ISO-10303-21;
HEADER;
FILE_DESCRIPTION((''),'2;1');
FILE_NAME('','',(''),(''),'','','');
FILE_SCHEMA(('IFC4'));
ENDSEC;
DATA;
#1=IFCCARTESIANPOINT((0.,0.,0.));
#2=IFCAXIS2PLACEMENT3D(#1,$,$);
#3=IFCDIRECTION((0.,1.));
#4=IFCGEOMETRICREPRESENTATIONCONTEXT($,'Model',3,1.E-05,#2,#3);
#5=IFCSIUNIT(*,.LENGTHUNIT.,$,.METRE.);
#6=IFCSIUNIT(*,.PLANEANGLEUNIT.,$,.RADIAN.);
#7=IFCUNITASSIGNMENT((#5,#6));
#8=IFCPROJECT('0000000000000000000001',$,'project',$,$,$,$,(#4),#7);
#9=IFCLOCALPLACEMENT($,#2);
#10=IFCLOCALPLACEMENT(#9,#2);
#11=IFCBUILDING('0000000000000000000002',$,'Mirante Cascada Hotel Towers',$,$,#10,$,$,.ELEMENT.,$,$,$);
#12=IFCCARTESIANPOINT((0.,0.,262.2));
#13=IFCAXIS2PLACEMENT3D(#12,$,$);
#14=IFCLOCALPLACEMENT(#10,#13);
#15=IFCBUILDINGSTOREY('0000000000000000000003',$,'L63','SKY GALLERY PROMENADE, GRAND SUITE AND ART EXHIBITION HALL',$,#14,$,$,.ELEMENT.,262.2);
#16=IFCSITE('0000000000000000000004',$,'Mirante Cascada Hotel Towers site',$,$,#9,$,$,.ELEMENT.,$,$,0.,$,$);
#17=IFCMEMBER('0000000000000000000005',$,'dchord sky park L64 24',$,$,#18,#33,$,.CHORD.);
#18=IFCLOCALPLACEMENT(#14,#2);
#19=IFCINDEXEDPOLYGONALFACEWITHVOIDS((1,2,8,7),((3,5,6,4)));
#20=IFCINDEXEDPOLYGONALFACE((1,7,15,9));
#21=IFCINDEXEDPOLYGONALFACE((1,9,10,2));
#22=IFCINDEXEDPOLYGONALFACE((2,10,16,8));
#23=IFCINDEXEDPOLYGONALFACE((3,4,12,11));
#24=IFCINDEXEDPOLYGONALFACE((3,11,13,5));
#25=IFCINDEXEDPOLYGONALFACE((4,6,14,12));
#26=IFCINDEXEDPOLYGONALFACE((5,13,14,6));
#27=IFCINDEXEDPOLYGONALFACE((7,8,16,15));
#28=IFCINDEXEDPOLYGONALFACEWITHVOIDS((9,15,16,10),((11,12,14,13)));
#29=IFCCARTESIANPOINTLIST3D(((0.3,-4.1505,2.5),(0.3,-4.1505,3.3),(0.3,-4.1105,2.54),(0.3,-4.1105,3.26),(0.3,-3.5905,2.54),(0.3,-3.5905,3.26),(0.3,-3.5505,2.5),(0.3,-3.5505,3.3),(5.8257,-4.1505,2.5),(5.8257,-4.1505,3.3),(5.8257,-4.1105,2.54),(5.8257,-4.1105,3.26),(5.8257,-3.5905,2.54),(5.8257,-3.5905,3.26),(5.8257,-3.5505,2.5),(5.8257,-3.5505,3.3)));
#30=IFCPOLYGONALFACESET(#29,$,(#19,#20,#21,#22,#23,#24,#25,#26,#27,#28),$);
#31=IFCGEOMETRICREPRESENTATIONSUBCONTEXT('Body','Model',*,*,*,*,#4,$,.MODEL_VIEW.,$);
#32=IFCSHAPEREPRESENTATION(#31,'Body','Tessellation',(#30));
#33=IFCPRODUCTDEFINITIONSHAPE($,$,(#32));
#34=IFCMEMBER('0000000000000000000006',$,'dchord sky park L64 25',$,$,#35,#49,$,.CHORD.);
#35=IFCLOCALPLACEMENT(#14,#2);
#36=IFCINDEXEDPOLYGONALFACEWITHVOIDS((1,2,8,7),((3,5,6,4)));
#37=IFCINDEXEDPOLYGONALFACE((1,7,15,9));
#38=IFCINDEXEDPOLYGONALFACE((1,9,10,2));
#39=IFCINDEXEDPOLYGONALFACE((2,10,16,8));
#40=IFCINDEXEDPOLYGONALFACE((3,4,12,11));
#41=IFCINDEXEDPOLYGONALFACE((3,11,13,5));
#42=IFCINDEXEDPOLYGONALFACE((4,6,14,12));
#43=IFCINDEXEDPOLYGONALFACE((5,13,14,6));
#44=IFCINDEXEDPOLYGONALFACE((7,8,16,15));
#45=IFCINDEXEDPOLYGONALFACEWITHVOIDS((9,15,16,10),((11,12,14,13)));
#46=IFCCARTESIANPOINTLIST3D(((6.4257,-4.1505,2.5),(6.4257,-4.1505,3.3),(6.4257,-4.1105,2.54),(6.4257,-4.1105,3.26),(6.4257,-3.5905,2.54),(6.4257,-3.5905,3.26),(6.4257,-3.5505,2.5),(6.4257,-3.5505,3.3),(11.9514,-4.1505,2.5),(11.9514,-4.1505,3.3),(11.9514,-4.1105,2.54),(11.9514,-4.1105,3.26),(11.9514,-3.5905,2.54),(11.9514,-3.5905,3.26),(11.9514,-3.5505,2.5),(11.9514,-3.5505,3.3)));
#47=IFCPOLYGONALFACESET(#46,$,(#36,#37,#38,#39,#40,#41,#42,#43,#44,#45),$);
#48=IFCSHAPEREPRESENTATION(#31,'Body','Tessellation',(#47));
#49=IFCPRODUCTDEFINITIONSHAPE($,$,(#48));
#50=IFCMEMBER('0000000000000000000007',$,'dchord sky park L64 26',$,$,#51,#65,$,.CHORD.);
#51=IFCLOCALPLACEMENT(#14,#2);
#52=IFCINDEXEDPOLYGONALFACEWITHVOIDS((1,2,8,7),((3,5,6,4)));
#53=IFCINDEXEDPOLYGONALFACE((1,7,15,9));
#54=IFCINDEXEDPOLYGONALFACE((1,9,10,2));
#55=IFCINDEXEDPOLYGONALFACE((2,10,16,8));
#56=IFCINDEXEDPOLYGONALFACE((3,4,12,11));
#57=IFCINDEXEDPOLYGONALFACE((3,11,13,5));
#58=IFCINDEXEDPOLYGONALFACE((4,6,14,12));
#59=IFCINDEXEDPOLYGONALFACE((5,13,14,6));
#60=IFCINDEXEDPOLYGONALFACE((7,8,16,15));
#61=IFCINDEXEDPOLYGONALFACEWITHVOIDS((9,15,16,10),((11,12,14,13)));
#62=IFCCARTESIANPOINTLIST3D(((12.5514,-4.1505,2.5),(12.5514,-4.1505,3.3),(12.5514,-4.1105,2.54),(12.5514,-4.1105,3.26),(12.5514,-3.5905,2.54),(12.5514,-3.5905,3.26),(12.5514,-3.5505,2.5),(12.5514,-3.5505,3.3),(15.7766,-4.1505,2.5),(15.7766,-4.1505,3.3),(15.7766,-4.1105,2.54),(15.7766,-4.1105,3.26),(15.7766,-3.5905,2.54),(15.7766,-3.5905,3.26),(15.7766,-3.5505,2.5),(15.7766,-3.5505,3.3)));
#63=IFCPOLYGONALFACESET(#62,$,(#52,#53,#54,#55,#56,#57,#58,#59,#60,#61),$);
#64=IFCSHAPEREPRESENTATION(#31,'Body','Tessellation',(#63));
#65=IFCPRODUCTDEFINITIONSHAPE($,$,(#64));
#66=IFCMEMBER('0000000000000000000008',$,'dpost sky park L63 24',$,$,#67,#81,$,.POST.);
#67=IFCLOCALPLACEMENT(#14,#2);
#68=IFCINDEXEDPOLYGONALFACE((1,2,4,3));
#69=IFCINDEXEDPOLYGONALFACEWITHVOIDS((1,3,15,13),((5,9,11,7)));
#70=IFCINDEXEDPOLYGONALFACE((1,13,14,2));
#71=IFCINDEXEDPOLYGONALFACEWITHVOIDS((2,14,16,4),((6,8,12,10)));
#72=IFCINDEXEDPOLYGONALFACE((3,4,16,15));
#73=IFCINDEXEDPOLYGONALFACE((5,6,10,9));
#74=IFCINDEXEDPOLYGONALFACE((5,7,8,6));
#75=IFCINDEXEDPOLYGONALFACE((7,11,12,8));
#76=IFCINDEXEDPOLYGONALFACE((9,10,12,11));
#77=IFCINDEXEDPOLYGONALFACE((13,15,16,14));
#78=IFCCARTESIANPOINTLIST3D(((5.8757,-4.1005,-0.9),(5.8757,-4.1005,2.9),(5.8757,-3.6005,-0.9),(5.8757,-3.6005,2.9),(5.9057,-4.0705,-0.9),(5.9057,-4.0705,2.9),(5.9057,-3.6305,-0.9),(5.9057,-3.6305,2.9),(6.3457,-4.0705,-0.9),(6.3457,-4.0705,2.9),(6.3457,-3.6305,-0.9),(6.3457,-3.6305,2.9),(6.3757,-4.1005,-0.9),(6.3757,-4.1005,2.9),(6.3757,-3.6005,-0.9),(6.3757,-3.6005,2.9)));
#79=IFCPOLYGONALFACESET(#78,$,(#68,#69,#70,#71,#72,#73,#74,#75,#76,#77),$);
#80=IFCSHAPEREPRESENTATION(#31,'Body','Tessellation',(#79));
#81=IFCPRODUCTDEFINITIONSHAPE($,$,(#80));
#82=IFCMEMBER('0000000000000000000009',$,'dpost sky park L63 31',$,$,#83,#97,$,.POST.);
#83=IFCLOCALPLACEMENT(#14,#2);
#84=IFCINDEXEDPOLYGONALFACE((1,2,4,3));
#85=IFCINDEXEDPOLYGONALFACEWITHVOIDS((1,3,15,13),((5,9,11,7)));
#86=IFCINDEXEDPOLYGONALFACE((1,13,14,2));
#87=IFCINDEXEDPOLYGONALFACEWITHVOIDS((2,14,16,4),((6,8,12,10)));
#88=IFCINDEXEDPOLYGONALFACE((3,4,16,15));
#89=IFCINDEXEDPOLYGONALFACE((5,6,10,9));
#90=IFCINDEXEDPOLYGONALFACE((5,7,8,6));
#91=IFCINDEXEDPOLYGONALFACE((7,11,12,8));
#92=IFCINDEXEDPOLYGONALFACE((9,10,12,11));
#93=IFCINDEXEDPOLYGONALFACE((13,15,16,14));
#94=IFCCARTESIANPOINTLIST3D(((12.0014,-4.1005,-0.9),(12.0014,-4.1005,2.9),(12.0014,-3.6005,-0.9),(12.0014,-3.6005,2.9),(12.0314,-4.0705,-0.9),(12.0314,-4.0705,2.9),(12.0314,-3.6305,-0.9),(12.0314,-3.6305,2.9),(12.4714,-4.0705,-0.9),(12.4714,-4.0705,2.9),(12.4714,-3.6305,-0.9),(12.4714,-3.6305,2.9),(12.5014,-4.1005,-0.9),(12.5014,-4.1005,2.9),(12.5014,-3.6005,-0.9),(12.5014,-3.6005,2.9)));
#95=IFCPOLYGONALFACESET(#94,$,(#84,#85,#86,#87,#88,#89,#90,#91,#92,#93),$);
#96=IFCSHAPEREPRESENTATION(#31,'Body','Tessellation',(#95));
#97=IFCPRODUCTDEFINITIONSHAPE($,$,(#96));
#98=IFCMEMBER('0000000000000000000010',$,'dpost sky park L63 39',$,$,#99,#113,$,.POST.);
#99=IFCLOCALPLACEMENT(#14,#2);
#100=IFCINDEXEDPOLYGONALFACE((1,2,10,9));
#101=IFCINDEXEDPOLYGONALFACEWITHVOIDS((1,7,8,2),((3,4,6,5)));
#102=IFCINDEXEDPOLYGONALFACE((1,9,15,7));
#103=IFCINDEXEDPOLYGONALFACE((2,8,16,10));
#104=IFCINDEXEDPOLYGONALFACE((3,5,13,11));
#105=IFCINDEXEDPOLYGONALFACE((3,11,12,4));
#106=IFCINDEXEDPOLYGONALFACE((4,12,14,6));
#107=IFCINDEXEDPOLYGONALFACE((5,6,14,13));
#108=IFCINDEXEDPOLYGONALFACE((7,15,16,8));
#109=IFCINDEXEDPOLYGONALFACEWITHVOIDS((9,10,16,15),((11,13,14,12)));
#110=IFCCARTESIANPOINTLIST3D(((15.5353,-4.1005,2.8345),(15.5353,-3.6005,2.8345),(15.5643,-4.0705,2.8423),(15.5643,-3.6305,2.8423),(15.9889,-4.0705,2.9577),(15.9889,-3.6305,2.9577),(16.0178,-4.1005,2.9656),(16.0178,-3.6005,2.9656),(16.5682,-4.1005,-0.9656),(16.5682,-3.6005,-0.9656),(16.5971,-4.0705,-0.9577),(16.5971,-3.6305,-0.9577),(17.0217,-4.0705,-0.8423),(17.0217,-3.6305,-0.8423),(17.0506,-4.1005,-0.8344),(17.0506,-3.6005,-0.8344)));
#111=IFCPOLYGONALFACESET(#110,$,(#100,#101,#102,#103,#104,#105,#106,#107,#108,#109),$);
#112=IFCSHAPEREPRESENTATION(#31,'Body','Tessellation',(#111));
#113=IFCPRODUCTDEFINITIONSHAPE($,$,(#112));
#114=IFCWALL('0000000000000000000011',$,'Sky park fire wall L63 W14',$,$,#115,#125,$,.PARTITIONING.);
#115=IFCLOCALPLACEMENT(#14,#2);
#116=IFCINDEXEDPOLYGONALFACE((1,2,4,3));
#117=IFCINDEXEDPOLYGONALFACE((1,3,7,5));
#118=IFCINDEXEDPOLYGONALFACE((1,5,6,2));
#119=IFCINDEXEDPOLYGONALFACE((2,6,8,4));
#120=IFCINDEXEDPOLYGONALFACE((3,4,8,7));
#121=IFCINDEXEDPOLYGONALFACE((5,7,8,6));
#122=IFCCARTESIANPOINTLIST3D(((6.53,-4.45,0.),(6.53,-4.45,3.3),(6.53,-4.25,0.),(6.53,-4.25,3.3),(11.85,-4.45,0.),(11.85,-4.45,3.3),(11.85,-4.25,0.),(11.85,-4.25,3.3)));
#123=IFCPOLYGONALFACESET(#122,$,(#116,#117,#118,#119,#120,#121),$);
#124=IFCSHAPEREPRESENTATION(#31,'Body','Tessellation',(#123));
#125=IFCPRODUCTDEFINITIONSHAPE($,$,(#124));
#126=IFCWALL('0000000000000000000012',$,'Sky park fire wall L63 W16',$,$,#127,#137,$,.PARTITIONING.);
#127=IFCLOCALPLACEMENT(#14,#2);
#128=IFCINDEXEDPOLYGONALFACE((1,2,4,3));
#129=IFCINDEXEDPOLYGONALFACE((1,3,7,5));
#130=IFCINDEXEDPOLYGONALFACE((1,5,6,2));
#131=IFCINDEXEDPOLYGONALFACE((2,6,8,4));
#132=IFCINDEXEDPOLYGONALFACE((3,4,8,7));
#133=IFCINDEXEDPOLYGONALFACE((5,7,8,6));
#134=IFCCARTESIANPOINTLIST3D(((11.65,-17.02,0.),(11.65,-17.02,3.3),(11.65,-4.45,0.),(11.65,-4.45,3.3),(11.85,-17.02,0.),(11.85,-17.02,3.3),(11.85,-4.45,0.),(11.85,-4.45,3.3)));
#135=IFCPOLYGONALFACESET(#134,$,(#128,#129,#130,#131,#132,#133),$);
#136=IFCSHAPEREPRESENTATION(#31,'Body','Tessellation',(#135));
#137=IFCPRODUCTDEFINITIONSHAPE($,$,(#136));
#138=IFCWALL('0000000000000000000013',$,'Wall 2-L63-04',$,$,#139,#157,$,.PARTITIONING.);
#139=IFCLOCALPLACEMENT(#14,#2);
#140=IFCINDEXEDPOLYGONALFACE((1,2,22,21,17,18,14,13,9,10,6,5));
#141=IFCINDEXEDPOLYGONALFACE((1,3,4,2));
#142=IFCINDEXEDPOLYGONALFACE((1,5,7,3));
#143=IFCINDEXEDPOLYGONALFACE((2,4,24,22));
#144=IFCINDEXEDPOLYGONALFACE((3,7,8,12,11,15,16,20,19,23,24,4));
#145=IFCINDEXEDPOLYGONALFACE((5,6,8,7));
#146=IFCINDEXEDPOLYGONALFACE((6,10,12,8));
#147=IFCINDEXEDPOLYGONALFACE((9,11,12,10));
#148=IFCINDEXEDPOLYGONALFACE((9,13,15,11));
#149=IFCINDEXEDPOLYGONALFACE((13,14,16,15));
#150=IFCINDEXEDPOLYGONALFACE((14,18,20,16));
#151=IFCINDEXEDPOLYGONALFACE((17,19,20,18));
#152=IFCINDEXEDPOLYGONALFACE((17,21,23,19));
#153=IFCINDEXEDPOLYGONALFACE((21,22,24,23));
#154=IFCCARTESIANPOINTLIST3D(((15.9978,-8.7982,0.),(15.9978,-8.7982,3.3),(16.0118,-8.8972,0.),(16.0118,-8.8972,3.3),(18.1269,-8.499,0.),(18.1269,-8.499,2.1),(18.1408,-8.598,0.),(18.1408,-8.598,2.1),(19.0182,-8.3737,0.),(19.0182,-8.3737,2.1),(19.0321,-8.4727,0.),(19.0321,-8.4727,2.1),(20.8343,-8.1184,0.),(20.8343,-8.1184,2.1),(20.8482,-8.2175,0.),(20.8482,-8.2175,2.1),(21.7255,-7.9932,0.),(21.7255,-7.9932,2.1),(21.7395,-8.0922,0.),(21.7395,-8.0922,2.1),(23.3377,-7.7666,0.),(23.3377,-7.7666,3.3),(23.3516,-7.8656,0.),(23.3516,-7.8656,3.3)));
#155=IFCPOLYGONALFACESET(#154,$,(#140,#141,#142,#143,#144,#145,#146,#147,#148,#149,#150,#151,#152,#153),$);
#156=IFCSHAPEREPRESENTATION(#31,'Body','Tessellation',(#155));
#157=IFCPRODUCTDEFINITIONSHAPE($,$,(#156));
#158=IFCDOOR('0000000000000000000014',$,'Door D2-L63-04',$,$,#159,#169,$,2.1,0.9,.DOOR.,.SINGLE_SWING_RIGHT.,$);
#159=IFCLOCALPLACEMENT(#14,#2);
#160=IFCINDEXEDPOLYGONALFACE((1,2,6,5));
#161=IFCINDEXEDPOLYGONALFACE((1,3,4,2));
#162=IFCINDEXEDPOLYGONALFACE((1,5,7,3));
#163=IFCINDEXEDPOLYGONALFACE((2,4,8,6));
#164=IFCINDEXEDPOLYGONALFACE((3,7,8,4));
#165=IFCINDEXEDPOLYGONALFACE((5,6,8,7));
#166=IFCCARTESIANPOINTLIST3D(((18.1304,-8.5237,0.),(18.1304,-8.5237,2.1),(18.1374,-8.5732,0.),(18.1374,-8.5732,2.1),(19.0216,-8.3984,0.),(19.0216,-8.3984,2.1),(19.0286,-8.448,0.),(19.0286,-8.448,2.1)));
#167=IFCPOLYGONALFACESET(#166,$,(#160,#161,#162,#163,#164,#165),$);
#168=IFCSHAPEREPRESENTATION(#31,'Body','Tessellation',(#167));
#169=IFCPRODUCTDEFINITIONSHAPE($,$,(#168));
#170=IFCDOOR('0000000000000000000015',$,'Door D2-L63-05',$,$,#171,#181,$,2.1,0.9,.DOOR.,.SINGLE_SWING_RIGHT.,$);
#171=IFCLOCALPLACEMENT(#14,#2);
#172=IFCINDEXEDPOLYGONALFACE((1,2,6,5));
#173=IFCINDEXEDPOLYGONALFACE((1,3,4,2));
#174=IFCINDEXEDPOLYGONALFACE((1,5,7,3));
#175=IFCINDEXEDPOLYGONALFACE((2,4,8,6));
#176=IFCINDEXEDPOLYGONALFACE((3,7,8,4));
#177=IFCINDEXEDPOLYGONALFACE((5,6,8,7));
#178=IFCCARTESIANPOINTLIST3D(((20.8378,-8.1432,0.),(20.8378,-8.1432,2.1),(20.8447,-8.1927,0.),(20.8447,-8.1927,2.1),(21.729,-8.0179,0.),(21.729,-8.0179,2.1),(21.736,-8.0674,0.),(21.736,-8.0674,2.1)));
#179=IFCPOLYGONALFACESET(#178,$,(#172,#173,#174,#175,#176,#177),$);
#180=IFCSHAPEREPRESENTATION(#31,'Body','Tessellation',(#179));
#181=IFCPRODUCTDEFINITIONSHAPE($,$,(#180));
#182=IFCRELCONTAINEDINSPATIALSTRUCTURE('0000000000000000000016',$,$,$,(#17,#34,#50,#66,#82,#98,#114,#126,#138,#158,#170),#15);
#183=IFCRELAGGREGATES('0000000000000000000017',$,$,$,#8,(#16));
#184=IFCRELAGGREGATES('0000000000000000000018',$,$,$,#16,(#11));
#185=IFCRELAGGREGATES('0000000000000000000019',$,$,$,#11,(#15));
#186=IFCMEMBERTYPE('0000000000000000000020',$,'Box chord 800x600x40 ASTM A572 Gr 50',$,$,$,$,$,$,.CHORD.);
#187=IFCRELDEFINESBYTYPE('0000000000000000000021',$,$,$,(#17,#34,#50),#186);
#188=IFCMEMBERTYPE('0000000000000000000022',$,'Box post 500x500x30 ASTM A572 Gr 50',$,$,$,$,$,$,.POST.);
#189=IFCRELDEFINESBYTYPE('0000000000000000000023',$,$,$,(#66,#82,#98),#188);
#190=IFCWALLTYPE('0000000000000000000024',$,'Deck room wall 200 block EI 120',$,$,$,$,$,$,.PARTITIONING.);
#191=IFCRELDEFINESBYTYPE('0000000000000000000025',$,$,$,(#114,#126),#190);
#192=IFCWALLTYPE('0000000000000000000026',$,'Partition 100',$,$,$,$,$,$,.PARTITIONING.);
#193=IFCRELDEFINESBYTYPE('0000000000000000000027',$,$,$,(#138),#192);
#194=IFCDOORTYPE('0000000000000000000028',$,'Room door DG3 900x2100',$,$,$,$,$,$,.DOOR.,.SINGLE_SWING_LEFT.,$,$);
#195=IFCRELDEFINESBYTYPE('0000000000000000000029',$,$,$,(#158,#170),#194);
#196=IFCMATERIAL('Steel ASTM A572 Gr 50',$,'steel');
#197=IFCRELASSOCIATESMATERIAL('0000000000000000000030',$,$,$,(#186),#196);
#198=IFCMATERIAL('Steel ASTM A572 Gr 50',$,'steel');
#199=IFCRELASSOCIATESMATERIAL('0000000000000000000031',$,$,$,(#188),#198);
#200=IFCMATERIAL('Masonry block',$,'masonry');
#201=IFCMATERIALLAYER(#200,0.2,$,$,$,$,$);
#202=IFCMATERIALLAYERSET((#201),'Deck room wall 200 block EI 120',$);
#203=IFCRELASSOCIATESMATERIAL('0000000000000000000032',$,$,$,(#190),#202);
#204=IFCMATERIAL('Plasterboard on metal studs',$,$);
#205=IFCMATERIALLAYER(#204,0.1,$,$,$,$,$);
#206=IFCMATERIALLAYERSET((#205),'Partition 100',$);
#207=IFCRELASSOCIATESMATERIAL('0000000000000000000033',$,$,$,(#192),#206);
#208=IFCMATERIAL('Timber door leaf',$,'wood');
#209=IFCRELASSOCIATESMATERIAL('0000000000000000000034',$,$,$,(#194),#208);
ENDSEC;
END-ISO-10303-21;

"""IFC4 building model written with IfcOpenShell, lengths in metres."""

from ifc_helpers import new_model, si_unit, direction, frame, frame_2d, origin, origin_2d, place, context, subcontext, project, spatial, rectangle, hollow_rectangle, extrude, material, layer, layer_set, material_profile, profile_set, type_object, element, fill, save


model = new_model("IFC4")

# Units and contexts
model_context = context("Model", 3, precision=1e-05, world=origin(), true_north=direction((0.0, 1.0)))
body_context = subcontext(model_context, "Body", "Model", "MODEL_VIEW")
ifc_project = project(units=[si_unit("LENGTHUNIT", "METRE"), si_unit("PLANEANGLEUNIT", "RADIAN")], contexts=[model_context])

# Site, building, storey
site_placement = place(None, origin())
site = spatial("IfcSite", under=ifc_project, at=site_placement, Name="Mirante Cascada Hotel Towers site", CompositionType="ELEMENT", RefElevation=0.0)
building_placement = place(site_placement, origin())
building = spatial("IfcBuilding", under=site, at=building_placement, Name="Mirante Cascada Hotel Towers", CompositionType="ELEMENT")
storey_placement = place(building_placement, frame((0.0, 0.0, 262.2)))
storey = spatial("IfcBuildingStorey", under=building, at=storey_placement, Name="L63", Description="SKY GALLERY PROMENADE, GRAND SUITE AND ART EXHIBITION HALL", CompositionType="ELEMENT", Elevation=262.2)

# Members
ifc_material_1 = material(Name="Steel ASTM A572 Gr 50", Category="steel")
ifc_material_profile_1 = material_profile(ifc_material_1, hollow_rectangle(XDim=0.6, YDim=0.8, WallThickness=0.04, at=origin_2d()), Name="Box chord 800x600x40 ASTM A572 Gr 50")
ifc_profile_set_1 = profile_set([ifc_material_profile_1], Name="Steel ASTM A572 Gr 50")
member_type_1 = type_object("IfcMemberType", Name="Box chord 800x600x40 ASTM A572 Gr 50", PredefinedType="CHORD", material=ifc_profile_set_1)
for number, where, z_axis, x_axis, name in (
    (1, (0.3, -3.8505, 2.9), (1.0, 0.0, 0.0), (0.0, 1.0, 0.0), "dchord sky park L64 24"),
    (2, (6.4257, -3.8505, 2.9), (1.0, 0.0, 0.0), (0.0, 1.0, 0.0), "dchord sky park L64 25"),
):
    element("IfcMember", number, at=place(storey_placement, frame(where, z_axis=z_axis, x_axis=x_axis)), inside=storey, type_object=member_type_1, Name=name, PredefinedType="CHORD", context=body_context, shape_type="SweptSolid", body=[
        extrude(hollow_rectangle(XDim=0.6, YDim=0.8, WallThickness=0.04, at=origin_2d()), origin(), (0.0, 0.0, 1.0), 5.5257),
    ])
member_1_placement = place(storey_placement, frame((12.5514, -3.8505, 2.9), z_axis=(1.0, 0.0, 0.0), x_axis=(0.0, 1.0, 0.0)))
element("IfcMember", 3, at=member_1_placement, inside=storey, type_object=member_type_1, Name="dchord sky park L64 26", PredefinedType="CHORD", context=body_context, shape_type="SweptSolid", body=[
    extrude(hollow_rectangle(XDim=0.6, YDim=0.8, WallThickness=0.04, at=origin_2d()), origin(), (0.0, 0.0, 1.0), 3.2252),
])
ifc_material_2 = material(Name="Steel ASTM A572 Gr 50", Category="steel")
ifc_material_profile_2 = material_profile(ifc_material_2, hollow_rectangle(XDim=0.5, YDim=0.5, WallThickness=0.03, at=origin_2d()), Name="Box post 500x500x30 ASTM A572 Gr 50")
ifc_profile_set_2 = profile_set([ifc_material_profile_2], Name="Steel ASTM A572 Gr 50")
member_type_2 = type_object("IfcMemberType", Name="Box post 500x500x30 ASTM A572 Gr 50", PredefinedType="POST", material=ifc_profile_set_2)
for number, where, z_axis, x_axis, name in (
    (4, (6.1257, -3.8505, -0.9), (0.0, 0.0, 1.0), (1.0, 0.0, 0.0), "dpost sky park L63 24"),
    (5, (12.2514, -3.8505, -0.9), (0.0, 0.0, 1.0), (1.0, 0.0, 0.0), "dpost sky park L63 31"),
):
    element("IfcMember", number, at=place(storey_placement, frame(where, z_axis=z_axis, x_axis=x_axis)), inside=storey, type_object=member_type_2, Name=name, PredefinedType="POST", context=body_context, shape_type="SweptSolid", body=[
        extrude(hollow_rectangle(XDim=0.5, YDim=0.5, WallThickness=0.03, at=origin_2d()), origin(), (0.0, 0.0, 1.0), 3.8),
    ])
member_2_placement = place(storey_placement, frame((16.8094, -3.8505, -0.9), z_axis=(-0.262275, 0.0, 0.964993), x_axis=(0.0, -1.0, 0.0)))
element("IfcMember", 6, at=member_2_placement, inside=storey, type_object=member_type_2, Name="dpost sky park L63 39", PredefinedType="POST", context=body_context, shape_type="SweptSolid", body=[
    extrude(hollow_rectangle(XDim=0.5, YDim=0.5, WallThickness=0.03, at=origin_2d()), origin(), (0.0, 0.0, 1.0), 3.9379),
])

# Walls
ifc_material_3 = material(Name="Masonry block", Category="masonry")
ifc_layer_1 = layer(ifc_material_3, 0.2)
ifc_layer_set_1 = layer_set([ifc_layer_1], Name="Deck room wall 200 block EI 120")
wall_type_1 = type_object("IfcWallType", Name="Deck room wall 200 block EI 120", PredefinedType="PARTITIONING", material=ifc_layer_set_1)
wall_1_placement = place(storey_placement, frame((6.53, -4.35, 0.0), z_axis=(0.0, 0.0, 1.0), x_axis=(1.0, 0.0, 0.0)))
element("IfcWall", 7, at=wall_1_placement, inside=storey, type_object=wall_type_1, Name="Sky park fire wall L63 W14", PredefinedType="PARTITIONING", context=body_context, shape_type="SweptSolid", body=[
    extrude(rectangle(XDim=5.32, YDim=0.2, at=frame_2d((2.66, 0.0))), origin(), (0.0, 0.0, 1.0), 3.3),
])
wall_2_placement = place(storey_placement, frame((11.75, -17.02, 0.0), z_axis=(0.0, 0.0, 1.0), x_axis=(0.0, 1.0, 0.0)))
element("IfcWall", 8, at=wall_2_placement, inside=storey, type_object=wall_type_1, Name="Sky park fire wall L63 W16", PredefinedType="PARTITIONING", context=body_context, shape_type="SweptSolid", body=[
    extrude(rectangle(XDim=12.57, YDim=0.2, at=frame_2d((6.285, 0.0))), origin(), (0.0, 0.0, 1.0), 3.3),
])

# Wall, openings, doors
ifc_material_4 = material(Name="Plasterboard on metal studs")
ifc_layer_2 = layer(ifc_material_4, 0.1)
ifc_layer_set_2 = layer_set([ifc_layer_2], Name="Partition 100")
wall_type_2 = type_object("IfcWallType", Name="Partition 100", PredefinedType="PARTITIONING", material=ifc_layer_set_2)
wall_3_placement = place(storey_placement, frame((16.0048, -8.8477, 0.0), z_axis=(0.0, 0.0, 1.0), x_axis=(0.990267, 0.139179, 0.0)))
wall_3 = element("IfcWall", 9, at=wall_3_placement, inside=storey, type_object=wall_type_2, Name="Wall 2-L63-04", PredefinedType="PARTITIONING", context=body_context, shape_type="SweptSolid", body=[
    extrude(rectangle(XDim=7.412, YDim=0.1, at=frame_2d((3.706, 0.0))), origin(), (0.0, 0.0, 1.0), 3.3),
])
opening_1_placement = place(wall_3_placement, frame((2.15, 0.0, 0.0)))
opening_1 = element("IfcOpeningElement", 10, at=opening_1_placement, cuts=wall_3, PredefinedType="OPENING", context=body_context, shape_type="SweptSolid", body=[
    extrude(rectangle(XDim=0.9, YDim=2.1, at=frame_2d((0.45, 1.05))), frame((0.0, 0.05, 0.0), z_axis=(0.0, -1.0, 0.0), x_axis=(1.0, 0.0, 0.0)), (0.0, 0.0, 1.0), 0.1),
])
opening_2_placement = place(wall_3_placement, frame((4.884, 0.0, 0.0)))
opening_2 = element("IfcOpeningElement", 11, at=opening_2_placement, cuts=wall_3, PredefinedType="OPENING", context=body_context, shape_type="SweptSolid", body=[
    extrude(rectangle(XDim=0.9, YDim=2.1, at=frame_2d((0.45, 1.05))), frame((0.0, 0.05, 0.0), z_axis=(0.0, -1.0, 0.0), x_axis=(1.0, 0.0, 0.0)), (0.0, 0.0, 1.0), 0.1),
])
ifc_material_5 = material(Name="Timber door leaf", Category="wood")
door_type_1 = type_object("IfcDoorType", Name="Room door DG3 900x2100", OperationType="SINGLE_SWING_LEFT", PredefinedType="DOOR", material=ifc_material_5)
door_1_placement = place(opening_1_placement, frame((0.9, 0.0, 0.0), z_axis=(0.0, 0.0, 1.0), x_axis=(-1.0, 0.0, 0.0)))
door_1 = element("IfcDoor", 12, at=door_1_placement, inside=storey, type_object=door_type_1, Name="Door D2-L63-04", OperationType="SINGLE_SWING_RIGHT", OverallHeight=2.1, OverallWidth=0.9, PredefinedType="DOOR", context=body_context, shape_type="SweptSolid", body=[
    extrude(rectangle(XDim=0.9, YDim=2.1, at=frame_2d((0.45, 1.05))), frame((0.0, 0.025, 0.0), z_axis=(0.0, -1.0, 0.0), x_axis=(1.0, 0.0, 0.0)), (0.0, 0.0, 1.0), 0.05),
])
fill(opening_1, door_1)
door_2_placement = place(opening_2_placement, frame((0.9, 0.0, 0.0), z_axis=(0.0, 0.0, 1.0), x_axis=(-1.0, 0.0, 0.0)))
door_2 = element("IfcDoor", 13, at=door_2_placement, inside=storey, type_object=door_type_1, Name="Door D2-L63-05", OperationType="SINGLE_SWING_RIGHT", OverallHeight=2.1, OverallWidth=0.9, PredefinedType="DOOR", context=body_context, shape_type="SweptSolid", body=[
    extrude(rectangle(XDim=0.9, YDim=2.1, at=frame_2d((0.45, 1.05))), frame((0.0, 0.025, 0.0), z_axis=(0.0, -1.0, 0.0), x_axis=(1.0, 0.0, 0.0)), (0.0, 0.0, 1.0), 0.05),
])
fill(opening_2, door_2)

save(model, "model.ifc")
